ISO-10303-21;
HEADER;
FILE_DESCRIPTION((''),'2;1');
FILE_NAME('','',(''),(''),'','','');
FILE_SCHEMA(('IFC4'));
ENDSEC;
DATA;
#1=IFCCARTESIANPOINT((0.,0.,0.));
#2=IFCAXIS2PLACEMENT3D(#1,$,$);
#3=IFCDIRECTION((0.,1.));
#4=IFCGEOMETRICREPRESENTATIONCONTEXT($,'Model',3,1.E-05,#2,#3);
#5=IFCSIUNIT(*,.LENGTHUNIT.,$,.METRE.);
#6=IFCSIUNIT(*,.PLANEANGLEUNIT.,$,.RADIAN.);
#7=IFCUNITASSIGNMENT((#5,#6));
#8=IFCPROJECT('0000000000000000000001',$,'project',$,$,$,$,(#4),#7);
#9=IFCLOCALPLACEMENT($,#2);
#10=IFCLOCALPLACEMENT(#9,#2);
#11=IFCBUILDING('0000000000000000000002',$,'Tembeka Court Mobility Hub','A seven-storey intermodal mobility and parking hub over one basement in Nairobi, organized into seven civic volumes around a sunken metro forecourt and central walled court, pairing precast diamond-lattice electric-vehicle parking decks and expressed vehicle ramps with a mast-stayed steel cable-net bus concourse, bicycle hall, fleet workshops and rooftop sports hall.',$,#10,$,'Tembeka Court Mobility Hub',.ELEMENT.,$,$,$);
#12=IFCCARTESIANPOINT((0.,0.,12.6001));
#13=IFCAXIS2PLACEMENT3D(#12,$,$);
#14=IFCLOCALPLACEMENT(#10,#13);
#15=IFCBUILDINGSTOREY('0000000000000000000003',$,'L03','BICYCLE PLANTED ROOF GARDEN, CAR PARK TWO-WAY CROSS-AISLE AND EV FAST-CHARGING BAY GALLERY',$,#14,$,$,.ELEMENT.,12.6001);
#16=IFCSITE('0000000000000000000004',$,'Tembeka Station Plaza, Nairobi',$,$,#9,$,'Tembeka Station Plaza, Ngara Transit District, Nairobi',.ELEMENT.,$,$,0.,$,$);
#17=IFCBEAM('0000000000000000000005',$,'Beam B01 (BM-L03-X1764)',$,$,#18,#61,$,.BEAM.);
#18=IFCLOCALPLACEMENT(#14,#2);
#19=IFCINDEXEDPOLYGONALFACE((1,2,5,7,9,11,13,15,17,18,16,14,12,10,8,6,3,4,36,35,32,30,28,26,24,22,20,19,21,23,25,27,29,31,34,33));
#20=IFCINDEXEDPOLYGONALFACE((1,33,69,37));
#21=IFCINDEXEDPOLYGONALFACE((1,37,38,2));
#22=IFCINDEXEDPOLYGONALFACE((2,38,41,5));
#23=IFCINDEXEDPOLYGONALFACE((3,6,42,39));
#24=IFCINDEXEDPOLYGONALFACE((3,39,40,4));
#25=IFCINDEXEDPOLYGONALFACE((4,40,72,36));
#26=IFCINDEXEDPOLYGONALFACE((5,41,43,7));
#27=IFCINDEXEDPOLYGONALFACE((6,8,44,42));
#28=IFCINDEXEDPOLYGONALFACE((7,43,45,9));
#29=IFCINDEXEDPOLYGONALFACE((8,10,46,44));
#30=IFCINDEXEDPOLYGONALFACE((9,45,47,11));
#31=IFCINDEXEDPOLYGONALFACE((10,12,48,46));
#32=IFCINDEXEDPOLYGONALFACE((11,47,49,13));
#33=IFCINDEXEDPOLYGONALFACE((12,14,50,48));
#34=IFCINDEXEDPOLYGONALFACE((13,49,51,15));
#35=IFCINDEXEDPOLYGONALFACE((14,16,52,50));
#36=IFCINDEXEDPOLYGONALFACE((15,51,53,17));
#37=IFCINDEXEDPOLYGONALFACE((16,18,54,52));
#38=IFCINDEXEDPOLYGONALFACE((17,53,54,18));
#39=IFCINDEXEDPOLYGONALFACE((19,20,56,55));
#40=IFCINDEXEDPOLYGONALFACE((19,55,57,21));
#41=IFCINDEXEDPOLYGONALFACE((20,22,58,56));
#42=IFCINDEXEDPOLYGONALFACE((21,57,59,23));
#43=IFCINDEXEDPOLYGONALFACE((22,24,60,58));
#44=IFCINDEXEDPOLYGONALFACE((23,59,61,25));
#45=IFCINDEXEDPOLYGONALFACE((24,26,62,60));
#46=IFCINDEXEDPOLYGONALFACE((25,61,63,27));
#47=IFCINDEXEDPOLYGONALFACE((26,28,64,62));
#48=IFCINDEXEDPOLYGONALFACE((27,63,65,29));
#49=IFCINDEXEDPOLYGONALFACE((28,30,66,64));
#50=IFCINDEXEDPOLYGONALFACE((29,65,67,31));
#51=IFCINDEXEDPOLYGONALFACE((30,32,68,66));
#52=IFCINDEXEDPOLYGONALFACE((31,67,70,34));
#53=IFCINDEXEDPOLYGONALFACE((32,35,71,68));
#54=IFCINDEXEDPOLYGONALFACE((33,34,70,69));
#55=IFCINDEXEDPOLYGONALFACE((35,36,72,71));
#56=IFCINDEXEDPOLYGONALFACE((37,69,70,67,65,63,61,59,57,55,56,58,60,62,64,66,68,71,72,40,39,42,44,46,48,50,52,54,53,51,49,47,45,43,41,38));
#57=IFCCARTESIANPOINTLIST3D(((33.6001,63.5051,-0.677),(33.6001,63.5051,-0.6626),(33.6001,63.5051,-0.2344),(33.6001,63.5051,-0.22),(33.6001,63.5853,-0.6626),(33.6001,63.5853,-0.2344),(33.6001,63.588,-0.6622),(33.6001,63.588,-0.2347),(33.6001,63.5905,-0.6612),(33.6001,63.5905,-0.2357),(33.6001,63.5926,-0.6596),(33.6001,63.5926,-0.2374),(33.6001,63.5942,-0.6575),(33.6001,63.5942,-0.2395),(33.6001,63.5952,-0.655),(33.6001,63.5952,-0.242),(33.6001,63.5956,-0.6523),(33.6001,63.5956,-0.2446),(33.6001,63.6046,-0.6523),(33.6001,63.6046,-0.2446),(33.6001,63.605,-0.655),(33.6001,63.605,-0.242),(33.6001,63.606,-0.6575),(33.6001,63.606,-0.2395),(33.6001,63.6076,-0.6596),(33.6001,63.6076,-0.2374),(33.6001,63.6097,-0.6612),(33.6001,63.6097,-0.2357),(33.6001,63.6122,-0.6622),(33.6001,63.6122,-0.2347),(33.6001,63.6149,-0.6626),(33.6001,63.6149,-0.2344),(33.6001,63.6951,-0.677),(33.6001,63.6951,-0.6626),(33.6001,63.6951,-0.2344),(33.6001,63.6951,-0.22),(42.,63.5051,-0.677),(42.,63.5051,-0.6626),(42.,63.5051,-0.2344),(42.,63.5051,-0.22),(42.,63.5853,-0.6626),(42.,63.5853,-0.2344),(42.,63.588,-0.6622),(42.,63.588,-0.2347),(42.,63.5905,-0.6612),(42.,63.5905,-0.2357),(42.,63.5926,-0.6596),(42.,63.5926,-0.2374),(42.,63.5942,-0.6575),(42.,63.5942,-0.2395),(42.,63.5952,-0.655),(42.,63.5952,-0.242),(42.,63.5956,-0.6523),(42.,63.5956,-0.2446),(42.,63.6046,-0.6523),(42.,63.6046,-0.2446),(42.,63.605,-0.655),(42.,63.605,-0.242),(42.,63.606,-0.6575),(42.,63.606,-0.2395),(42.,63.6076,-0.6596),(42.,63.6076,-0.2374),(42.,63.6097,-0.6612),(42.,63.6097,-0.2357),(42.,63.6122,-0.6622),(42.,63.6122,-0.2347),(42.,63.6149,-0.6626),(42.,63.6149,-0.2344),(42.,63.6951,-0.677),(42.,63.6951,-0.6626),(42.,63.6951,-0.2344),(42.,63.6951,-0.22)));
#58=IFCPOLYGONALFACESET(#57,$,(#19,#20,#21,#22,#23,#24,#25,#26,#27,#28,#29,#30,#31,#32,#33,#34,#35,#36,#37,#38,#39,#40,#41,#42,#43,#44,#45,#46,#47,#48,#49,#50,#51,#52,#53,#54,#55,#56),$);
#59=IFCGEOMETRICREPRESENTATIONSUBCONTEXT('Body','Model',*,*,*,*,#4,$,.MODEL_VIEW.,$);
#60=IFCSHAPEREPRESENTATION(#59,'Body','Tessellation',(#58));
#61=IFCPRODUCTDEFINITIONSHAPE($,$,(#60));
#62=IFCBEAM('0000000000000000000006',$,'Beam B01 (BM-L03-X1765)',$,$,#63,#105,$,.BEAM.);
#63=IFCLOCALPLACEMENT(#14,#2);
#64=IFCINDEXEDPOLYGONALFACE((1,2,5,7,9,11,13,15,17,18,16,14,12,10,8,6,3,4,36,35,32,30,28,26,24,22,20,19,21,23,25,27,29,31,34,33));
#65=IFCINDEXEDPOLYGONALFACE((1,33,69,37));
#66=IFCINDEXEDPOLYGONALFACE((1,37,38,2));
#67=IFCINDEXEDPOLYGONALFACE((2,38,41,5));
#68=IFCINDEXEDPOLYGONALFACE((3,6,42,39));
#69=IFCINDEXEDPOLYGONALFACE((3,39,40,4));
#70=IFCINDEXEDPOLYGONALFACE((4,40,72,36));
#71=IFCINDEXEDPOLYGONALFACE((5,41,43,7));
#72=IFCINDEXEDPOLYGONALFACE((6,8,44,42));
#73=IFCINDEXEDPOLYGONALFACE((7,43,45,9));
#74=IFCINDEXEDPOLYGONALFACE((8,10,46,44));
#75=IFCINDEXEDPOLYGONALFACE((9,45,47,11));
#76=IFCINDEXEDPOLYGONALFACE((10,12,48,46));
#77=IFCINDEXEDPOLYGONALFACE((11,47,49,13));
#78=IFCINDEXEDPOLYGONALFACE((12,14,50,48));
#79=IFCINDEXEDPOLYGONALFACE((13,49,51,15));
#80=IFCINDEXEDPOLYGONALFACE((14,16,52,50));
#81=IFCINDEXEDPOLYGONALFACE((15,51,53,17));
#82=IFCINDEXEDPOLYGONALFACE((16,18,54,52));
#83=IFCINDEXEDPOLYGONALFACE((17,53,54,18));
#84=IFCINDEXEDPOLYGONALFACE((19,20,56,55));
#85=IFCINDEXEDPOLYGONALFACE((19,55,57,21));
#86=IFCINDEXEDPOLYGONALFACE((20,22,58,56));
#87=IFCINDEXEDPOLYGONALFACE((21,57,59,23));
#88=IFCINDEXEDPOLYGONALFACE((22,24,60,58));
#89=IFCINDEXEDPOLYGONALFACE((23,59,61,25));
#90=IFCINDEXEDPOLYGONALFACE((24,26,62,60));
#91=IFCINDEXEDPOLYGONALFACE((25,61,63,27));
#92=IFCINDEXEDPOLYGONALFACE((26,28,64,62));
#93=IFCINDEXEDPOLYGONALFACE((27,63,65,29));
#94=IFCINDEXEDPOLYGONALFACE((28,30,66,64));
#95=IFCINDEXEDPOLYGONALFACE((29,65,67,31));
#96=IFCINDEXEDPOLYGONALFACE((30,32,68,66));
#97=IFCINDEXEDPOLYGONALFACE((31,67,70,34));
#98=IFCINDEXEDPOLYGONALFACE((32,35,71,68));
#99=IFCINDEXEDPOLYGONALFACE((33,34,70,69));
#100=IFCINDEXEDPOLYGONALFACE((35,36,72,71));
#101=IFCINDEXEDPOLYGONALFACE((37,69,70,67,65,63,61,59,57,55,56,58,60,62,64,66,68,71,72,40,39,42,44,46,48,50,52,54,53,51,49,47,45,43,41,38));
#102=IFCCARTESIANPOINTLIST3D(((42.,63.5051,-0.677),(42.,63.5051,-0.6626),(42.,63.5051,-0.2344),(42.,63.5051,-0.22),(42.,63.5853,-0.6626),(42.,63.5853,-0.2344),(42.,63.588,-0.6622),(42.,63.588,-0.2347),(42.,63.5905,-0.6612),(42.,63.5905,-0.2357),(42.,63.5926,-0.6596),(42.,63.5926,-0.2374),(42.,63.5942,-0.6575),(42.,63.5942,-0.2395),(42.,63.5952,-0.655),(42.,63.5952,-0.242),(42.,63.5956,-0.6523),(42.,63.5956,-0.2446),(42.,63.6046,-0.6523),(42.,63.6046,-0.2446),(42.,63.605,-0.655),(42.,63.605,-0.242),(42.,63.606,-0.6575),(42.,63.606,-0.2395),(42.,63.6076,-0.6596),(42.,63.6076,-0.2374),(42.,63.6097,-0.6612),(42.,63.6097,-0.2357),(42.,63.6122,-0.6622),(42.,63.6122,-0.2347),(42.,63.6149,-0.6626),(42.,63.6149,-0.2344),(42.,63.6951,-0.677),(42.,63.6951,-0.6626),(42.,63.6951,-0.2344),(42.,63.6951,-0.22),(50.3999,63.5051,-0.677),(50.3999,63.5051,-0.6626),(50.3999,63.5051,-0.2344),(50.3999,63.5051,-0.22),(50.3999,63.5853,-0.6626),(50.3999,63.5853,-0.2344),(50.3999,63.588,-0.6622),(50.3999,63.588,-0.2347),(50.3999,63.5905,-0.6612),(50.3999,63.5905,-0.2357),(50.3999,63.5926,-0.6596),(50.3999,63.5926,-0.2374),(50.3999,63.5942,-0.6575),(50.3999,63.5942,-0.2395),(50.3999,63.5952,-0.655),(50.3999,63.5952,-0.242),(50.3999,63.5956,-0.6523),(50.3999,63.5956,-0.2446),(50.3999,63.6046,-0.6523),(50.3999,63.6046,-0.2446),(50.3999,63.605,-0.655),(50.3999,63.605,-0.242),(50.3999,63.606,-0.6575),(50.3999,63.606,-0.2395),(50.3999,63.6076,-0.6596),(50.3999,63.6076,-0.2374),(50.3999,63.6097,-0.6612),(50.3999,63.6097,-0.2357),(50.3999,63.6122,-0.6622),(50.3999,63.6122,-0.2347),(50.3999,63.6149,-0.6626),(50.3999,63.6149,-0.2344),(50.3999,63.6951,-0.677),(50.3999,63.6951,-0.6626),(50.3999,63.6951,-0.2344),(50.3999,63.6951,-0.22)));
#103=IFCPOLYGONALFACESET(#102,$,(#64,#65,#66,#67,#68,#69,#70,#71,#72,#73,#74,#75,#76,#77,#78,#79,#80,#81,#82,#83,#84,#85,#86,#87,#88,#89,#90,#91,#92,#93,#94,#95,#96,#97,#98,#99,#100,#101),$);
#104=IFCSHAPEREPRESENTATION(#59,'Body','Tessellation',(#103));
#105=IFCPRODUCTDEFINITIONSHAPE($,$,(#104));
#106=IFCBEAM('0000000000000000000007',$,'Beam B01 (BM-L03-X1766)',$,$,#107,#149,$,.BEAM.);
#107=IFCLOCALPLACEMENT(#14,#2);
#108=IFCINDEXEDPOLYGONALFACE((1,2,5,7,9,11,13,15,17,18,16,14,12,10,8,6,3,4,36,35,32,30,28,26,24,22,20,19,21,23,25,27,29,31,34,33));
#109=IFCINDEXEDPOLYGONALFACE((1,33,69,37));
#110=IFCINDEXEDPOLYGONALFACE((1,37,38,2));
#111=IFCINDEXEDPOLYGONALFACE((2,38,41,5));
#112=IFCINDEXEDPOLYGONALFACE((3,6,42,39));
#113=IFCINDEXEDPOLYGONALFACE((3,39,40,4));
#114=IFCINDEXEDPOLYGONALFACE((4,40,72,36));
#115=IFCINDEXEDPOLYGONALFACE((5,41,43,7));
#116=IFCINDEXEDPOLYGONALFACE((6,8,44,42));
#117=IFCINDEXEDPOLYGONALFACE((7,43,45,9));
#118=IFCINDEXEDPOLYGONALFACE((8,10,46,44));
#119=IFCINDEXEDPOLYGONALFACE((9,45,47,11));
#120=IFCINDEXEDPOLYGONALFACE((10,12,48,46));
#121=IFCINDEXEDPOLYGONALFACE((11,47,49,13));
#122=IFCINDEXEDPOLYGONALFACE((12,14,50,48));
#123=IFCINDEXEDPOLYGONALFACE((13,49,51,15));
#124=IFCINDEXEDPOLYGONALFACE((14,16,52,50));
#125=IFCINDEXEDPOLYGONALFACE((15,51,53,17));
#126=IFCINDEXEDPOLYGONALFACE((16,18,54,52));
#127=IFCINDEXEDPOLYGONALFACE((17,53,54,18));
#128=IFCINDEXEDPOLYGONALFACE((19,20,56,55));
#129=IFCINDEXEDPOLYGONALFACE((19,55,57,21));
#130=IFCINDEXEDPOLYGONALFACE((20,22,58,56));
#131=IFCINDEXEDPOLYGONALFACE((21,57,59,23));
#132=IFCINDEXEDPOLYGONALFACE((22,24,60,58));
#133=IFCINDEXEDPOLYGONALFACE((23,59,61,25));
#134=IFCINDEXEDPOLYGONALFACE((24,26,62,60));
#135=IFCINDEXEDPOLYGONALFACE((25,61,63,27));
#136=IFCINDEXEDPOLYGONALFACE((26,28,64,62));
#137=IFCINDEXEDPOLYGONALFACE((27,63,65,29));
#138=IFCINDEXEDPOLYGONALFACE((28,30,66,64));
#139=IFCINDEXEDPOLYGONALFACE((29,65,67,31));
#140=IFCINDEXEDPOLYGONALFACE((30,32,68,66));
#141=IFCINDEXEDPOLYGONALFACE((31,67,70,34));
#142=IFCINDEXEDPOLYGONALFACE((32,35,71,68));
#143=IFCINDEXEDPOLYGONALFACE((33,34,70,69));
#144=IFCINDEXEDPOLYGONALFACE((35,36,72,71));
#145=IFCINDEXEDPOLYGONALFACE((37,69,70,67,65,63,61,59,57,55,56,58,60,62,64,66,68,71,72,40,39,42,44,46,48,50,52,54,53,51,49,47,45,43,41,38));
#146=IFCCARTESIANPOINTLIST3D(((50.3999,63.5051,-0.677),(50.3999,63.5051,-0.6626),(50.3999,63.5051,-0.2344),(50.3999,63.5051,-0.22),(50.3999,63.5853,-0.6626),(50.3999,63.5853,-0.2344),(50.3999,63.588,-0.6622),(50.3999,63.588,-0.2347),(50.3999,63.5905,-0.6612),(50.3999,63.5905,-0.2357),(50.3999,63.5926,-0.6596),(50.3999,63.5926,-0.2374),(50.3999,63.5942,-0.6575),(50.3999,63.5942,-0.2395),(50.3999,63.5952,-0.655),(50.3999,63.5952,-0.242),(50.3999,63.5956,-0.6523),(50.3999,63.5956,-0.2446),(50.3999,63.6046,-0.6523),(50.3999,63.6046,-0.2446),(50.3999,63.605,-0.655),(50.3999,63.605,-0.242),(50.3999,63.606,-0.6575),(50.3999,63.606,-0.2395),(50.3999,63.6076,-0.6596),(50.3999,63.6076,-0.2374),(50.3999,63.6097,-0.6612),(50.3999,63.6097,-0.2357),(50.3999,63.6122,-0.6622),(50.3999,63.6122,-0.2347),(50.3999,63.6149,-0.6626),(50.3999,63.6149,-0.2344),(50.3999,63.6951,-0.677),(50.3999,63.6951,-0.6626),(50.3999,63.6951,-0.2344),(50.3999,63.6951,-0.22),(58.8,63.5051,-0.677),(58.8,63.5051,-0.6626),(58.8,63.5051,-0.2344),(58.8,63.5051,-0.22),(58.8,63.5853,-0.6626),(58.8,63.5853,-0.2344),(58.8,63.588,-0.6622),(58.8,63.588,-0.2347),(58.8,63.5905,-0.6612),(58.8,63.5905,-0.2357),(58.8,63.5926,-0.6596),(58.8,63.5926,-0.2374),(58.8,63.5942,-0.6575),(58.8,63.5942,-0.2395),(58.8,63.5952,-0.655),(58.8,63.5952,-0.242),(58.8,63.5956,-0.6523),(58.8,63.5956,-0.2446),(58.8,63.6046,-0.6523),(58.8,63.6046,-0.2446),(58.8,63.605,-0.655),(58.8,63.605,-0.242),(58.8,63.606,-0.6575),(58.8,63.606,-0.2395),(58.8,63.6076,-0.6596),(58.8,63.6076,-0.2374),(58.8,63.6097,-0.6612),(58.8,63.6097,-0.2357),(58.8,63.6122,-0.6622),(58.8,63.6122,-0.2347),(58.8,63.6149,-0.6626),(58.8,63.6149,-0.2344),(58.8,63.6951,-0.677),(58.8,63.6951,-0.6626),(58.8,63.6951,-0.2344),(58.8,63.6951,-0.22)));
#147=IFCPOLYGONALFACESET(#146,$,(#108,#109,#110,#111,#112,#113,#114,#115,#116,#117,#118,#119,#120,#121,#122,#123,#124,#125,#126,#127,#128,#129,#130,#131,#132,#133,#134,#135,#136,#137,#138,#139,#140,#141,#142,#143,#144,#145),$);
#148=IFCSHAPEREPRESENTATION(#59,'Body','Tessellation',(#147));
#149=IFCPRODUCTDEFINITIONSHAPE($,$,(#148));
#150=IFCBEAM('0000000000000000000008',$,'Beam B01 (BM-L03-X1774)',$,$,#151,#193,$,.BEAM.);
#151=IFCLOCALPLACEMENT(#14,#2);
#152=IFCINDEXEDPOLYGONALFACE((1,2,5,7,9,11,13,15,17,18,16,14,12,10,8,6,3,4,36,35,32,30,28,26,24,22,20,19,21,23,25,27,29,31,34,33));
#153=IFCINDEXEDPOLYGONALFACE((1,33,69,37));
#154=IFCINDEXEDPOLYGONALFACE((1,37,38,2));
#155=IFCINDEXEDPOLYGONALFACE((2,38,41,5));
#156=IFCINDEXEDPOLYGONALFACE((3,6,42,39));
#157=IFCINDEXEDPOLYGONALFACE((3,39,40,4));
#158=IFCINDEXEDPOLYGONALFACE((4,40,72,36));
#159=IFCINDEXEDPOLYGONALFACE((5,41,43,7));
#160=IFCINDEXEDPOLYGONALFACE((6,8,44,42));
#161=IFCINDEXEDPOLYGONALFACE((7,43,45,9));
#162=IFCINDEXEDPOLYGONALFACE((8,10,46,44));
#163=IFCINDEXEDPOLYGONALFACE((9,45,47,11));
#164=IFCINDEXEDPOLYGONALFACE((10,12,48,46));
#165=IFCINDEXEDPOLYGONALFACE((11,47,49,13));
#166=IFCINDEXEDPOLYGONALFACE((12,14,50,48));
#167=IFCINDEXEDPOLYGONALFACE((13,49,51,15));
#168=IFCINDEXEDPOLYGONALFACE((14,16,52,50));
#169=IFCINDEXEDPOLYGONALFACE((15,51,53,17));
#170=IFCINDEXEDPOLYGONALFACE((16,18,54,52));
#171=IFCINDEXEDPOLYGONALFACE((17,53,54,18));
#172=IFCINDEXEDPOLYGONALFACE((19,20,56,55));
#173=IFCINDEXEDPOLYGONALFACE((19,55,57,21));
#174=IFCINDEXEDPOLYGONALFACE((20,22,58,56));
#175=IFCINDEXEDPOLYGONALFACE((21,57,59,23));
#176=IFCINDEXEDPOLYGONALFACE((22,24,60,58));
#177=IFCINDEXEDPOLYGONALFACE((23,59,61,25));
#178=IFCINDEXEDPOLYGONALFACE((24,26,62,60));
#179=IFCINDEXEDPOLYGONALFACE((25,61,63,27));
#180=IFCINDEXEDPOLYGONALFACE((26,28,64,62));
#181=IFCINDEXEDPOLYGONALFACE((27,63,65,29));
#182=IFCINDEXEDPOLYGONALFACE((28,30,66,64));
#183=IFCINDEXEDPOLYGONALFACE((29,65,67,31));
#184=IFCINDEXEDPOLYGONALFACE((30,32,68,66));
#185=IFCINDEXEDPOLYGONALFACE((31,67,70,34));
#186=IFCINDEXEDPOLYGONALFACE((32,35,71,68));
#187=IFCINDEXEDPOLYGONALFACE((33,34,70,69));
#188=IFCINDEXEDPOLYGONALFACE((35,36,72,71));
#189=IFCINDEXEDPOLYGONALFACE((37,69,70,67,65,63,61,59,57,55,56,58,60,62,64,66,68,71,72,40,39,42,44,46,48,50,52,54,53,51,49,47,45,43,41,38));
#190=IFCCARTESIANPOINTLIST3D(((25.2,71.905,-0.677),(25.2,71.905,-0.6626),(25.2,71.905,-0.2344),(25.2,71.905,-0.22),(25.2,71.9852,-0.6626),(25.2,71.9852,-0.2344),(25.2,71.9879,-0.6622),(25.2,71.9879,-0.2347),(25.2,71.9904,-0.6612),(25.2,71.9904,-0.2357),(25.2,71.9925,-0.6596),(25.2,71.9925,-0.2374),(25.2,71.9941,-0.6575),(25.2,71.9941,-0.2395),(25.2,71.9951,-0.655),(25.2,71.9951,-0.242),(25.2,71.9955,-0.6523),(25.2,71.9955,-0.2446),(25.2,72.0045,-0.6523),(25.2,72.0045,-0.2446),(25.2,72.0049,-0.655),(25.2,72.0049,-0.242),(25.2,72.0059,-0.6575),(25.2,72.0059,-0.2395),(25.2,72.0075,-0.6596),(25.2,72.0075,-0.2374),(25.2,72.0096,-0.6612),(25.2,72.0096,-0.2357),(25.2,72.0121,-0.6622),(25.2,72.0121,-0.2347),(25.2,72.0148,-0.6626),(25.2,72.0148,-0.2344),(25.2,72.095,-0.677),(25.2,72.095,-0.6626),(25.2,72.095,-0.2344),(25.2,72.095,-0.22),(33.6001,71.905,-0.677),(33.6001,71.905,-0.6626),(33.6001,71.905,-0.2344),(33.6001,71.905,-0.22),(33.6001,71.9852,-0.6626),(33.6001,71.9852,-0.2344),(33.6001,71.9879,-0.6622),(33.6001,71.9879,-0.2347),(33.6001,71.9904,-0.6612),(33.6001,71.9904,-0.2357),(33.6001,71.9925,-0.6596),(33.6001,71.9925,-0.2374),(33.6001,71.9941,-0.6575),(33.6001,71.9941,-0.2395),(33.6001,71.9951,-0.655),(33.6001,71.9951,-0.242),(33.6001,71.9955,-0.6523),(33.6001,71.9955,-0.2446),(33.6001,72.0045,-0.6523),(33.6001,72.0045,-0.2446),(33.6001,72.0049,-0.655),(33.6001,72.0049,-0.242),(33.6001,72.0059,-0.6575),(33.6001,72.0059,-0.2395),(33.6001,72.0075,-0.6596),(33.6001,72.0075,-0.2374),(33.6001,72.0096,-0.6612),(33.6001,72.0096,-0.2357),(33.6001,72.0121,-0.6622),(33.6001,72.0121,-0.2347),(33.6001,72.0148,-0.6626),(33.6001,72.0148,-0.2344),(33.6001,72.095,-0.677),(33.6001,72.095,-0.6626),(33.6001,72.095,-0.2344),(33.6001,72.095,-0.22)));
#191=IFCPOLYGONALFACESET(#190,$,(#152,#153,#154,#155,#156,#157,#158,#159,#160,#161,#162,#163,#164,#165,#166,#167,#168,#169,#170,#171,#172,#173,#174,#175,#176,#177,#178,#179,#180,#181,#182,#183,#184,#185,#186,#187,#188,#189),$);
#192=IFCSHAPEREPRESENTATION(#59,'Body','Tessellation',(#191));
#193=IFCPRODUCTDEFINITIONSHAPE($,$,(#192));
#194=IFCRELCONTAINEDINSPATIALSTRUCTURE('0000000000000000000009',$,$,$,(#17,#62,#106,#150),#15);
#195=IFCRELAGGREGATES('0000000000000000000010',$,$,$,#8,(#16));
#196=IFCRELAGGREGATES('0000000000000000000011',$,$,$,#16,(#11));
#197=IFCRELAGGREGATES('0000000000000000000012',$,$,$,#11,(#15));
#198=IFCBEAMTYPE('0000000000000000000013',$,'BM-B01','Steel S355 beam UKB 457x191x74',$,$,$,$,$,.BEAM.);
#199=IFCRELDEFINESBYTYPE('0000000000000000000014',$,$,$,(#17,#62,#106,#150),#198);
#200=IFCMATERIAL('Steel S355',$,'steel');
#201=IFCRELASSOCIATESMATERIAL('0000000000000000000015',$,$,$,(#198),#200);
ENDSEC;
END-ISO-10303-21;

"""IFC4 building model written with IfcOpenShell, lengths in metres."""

from ifc_helpers import new_model, si_unit, direction, frame, origin, origin_2d, place, context, subcontext, project, spatial, i_section, extrude, material, material_profile, profile_set, type_object, element, save


model = new_model("IFC4")

# Units and contexts
model_context = context("Model", 3, precision=1e-05, world=origin(), true_north=direction((0.0, 1.0)))
body_context = subcontext(model_context, "Body", "Model", "MODEL_VIEW")
ifc_project = project(units=[si_unit("LENGTHUNIT", "METRE"), si_unit("PLANEANGLEUNIT", "RADIAN")], contexts=[model_context])

# Site, building, storey
site_placement = place(None, origin())
site = spatial("IfcSite", under=ifc_project, at=site_placement, Name="Tembeka Station Plaza, Nairobi", LongName="Tembeka Station Plaza, Ngara Transit District, Nairobi", CompositionType="ELEMENT", RefElevation=0.0)
building_placement = place(site_placement, origin())
building = spatial("IfcBuilding", under=site, at=building_placement, Name="Tembeka Court Mobility Hub", Description="A seven-storey intermodal mobility and parking hub over one basement in Nairobi, organized into seven civic volumes around a sunken metro forecourt and central walled court, pairing precast diamond-lattice electric-vehicle parking decks and expressed vehicle ramps with a mast-stayed steel cable-net bus concourse, bicycle hall, fleet workshops and rooftop sports hall.", LongName="Tembeka Court Mobility Hub", CompositionType="ELEMENT")
storey_placement = place(building_placement, frame((0.0, 0.0, 12.6001)))
storey = spatial("IfcBuildingStorey", under=building, at=storey_placement, Name="L03", Description="BICYCLE PLANTED ROOF GARDEN, CAR PARK TWO-WAY CROSS-AISLE AND EV FAST-CHARGING BAY GALLERY", CompositionType="ELEMENT", Elevation=12.6001)

# Shared definitions
ifc_material = material(Name="Steel S355", Category="steel")

# Beams
ifc_material_profile_1 = material_profile(ifc_material, i_section(OverallWidth=0.1899, OverallDepth=0.457, WebThickness=0.009, FlangeThickness=0.0144, FilletRadius=0.0103, at=origin_2d()), Name="UKB 457x191x74")
ifc_profile_set_1 = profile_set([ifc_material_profile_1], Name="Steel S355")
beam_type_1 = type_object("IfcBeamType", Name="BM-B01", Description="Steel S355 beam UKB 457x191x74", PredefinedType="BEAM", material=ifc_profile_set_1)
for number, where, z_axis, x_axis, name in (
    (1, (33.6001, 63.6001, -0.4485), (1.0, 0.0, 0.0), (0.0, 1.0, 0.0), "Beam B01 (BM-L03-X1764)"),
    (2, (42.0, 63.6001, -0.4485), (1.0, 0.0, 0.0), (0.0, 1.0, 0.0), "Beam B01 (BM-L03-X1765)"),
):
    element("IfcBeam", number, at=place(storey_placement, frame(where, z_axis=z_axis, x_axis=x_axis)), inside=storey, type_object=beam_type_1, Name=name, PredefinedType="BEAM", context=body_context, shape_type="SweptSolid", body=[
        extrude(i_section(OverallWidth=0.1899, OverallDepth=0.457, WebThickness=0.009, FlangeThickness=0.0144, FilletRadius=0.0103, at=origin_2d()), origin(), (0.0, 0.0, 1.0), 8.3999),
    ])
for number, where, z_axis, x_axis, name in (
    (3, (50.3999, 63.6001, -0.4485), (1.0, 0.0, 0.0), (0.0, 1.0, 0.0), "Beam B01 (BM-L03-X1766)"),
    (4, (25.2, 72.0, -0.4485), (1.0, 0.0, 0.0), (0.0, 1.0, 0.0), "Beam B01 (BM-L03-X1774)"),
):
    element("IfcBeam", number, at=place(storey_placement, frame(where, z_axis=z_axis, x_axis=x_axis)), inside=storey, type_object=beam_type_1, Name=name, PredefinedType="BEAM", context=body_context, shape_type="SweptSolid", body=[
        extrude(i_section(OverallWidth=0.1899, OverallDepth=0.457, WebThickness=0.009, FlangeThickness=0.0144, FilletRadius=0.0103, at=origin_2d()), origin(), (0.0, 0.0, 1.0), 8.4001),
    ])

save(model, "model.ifc")
